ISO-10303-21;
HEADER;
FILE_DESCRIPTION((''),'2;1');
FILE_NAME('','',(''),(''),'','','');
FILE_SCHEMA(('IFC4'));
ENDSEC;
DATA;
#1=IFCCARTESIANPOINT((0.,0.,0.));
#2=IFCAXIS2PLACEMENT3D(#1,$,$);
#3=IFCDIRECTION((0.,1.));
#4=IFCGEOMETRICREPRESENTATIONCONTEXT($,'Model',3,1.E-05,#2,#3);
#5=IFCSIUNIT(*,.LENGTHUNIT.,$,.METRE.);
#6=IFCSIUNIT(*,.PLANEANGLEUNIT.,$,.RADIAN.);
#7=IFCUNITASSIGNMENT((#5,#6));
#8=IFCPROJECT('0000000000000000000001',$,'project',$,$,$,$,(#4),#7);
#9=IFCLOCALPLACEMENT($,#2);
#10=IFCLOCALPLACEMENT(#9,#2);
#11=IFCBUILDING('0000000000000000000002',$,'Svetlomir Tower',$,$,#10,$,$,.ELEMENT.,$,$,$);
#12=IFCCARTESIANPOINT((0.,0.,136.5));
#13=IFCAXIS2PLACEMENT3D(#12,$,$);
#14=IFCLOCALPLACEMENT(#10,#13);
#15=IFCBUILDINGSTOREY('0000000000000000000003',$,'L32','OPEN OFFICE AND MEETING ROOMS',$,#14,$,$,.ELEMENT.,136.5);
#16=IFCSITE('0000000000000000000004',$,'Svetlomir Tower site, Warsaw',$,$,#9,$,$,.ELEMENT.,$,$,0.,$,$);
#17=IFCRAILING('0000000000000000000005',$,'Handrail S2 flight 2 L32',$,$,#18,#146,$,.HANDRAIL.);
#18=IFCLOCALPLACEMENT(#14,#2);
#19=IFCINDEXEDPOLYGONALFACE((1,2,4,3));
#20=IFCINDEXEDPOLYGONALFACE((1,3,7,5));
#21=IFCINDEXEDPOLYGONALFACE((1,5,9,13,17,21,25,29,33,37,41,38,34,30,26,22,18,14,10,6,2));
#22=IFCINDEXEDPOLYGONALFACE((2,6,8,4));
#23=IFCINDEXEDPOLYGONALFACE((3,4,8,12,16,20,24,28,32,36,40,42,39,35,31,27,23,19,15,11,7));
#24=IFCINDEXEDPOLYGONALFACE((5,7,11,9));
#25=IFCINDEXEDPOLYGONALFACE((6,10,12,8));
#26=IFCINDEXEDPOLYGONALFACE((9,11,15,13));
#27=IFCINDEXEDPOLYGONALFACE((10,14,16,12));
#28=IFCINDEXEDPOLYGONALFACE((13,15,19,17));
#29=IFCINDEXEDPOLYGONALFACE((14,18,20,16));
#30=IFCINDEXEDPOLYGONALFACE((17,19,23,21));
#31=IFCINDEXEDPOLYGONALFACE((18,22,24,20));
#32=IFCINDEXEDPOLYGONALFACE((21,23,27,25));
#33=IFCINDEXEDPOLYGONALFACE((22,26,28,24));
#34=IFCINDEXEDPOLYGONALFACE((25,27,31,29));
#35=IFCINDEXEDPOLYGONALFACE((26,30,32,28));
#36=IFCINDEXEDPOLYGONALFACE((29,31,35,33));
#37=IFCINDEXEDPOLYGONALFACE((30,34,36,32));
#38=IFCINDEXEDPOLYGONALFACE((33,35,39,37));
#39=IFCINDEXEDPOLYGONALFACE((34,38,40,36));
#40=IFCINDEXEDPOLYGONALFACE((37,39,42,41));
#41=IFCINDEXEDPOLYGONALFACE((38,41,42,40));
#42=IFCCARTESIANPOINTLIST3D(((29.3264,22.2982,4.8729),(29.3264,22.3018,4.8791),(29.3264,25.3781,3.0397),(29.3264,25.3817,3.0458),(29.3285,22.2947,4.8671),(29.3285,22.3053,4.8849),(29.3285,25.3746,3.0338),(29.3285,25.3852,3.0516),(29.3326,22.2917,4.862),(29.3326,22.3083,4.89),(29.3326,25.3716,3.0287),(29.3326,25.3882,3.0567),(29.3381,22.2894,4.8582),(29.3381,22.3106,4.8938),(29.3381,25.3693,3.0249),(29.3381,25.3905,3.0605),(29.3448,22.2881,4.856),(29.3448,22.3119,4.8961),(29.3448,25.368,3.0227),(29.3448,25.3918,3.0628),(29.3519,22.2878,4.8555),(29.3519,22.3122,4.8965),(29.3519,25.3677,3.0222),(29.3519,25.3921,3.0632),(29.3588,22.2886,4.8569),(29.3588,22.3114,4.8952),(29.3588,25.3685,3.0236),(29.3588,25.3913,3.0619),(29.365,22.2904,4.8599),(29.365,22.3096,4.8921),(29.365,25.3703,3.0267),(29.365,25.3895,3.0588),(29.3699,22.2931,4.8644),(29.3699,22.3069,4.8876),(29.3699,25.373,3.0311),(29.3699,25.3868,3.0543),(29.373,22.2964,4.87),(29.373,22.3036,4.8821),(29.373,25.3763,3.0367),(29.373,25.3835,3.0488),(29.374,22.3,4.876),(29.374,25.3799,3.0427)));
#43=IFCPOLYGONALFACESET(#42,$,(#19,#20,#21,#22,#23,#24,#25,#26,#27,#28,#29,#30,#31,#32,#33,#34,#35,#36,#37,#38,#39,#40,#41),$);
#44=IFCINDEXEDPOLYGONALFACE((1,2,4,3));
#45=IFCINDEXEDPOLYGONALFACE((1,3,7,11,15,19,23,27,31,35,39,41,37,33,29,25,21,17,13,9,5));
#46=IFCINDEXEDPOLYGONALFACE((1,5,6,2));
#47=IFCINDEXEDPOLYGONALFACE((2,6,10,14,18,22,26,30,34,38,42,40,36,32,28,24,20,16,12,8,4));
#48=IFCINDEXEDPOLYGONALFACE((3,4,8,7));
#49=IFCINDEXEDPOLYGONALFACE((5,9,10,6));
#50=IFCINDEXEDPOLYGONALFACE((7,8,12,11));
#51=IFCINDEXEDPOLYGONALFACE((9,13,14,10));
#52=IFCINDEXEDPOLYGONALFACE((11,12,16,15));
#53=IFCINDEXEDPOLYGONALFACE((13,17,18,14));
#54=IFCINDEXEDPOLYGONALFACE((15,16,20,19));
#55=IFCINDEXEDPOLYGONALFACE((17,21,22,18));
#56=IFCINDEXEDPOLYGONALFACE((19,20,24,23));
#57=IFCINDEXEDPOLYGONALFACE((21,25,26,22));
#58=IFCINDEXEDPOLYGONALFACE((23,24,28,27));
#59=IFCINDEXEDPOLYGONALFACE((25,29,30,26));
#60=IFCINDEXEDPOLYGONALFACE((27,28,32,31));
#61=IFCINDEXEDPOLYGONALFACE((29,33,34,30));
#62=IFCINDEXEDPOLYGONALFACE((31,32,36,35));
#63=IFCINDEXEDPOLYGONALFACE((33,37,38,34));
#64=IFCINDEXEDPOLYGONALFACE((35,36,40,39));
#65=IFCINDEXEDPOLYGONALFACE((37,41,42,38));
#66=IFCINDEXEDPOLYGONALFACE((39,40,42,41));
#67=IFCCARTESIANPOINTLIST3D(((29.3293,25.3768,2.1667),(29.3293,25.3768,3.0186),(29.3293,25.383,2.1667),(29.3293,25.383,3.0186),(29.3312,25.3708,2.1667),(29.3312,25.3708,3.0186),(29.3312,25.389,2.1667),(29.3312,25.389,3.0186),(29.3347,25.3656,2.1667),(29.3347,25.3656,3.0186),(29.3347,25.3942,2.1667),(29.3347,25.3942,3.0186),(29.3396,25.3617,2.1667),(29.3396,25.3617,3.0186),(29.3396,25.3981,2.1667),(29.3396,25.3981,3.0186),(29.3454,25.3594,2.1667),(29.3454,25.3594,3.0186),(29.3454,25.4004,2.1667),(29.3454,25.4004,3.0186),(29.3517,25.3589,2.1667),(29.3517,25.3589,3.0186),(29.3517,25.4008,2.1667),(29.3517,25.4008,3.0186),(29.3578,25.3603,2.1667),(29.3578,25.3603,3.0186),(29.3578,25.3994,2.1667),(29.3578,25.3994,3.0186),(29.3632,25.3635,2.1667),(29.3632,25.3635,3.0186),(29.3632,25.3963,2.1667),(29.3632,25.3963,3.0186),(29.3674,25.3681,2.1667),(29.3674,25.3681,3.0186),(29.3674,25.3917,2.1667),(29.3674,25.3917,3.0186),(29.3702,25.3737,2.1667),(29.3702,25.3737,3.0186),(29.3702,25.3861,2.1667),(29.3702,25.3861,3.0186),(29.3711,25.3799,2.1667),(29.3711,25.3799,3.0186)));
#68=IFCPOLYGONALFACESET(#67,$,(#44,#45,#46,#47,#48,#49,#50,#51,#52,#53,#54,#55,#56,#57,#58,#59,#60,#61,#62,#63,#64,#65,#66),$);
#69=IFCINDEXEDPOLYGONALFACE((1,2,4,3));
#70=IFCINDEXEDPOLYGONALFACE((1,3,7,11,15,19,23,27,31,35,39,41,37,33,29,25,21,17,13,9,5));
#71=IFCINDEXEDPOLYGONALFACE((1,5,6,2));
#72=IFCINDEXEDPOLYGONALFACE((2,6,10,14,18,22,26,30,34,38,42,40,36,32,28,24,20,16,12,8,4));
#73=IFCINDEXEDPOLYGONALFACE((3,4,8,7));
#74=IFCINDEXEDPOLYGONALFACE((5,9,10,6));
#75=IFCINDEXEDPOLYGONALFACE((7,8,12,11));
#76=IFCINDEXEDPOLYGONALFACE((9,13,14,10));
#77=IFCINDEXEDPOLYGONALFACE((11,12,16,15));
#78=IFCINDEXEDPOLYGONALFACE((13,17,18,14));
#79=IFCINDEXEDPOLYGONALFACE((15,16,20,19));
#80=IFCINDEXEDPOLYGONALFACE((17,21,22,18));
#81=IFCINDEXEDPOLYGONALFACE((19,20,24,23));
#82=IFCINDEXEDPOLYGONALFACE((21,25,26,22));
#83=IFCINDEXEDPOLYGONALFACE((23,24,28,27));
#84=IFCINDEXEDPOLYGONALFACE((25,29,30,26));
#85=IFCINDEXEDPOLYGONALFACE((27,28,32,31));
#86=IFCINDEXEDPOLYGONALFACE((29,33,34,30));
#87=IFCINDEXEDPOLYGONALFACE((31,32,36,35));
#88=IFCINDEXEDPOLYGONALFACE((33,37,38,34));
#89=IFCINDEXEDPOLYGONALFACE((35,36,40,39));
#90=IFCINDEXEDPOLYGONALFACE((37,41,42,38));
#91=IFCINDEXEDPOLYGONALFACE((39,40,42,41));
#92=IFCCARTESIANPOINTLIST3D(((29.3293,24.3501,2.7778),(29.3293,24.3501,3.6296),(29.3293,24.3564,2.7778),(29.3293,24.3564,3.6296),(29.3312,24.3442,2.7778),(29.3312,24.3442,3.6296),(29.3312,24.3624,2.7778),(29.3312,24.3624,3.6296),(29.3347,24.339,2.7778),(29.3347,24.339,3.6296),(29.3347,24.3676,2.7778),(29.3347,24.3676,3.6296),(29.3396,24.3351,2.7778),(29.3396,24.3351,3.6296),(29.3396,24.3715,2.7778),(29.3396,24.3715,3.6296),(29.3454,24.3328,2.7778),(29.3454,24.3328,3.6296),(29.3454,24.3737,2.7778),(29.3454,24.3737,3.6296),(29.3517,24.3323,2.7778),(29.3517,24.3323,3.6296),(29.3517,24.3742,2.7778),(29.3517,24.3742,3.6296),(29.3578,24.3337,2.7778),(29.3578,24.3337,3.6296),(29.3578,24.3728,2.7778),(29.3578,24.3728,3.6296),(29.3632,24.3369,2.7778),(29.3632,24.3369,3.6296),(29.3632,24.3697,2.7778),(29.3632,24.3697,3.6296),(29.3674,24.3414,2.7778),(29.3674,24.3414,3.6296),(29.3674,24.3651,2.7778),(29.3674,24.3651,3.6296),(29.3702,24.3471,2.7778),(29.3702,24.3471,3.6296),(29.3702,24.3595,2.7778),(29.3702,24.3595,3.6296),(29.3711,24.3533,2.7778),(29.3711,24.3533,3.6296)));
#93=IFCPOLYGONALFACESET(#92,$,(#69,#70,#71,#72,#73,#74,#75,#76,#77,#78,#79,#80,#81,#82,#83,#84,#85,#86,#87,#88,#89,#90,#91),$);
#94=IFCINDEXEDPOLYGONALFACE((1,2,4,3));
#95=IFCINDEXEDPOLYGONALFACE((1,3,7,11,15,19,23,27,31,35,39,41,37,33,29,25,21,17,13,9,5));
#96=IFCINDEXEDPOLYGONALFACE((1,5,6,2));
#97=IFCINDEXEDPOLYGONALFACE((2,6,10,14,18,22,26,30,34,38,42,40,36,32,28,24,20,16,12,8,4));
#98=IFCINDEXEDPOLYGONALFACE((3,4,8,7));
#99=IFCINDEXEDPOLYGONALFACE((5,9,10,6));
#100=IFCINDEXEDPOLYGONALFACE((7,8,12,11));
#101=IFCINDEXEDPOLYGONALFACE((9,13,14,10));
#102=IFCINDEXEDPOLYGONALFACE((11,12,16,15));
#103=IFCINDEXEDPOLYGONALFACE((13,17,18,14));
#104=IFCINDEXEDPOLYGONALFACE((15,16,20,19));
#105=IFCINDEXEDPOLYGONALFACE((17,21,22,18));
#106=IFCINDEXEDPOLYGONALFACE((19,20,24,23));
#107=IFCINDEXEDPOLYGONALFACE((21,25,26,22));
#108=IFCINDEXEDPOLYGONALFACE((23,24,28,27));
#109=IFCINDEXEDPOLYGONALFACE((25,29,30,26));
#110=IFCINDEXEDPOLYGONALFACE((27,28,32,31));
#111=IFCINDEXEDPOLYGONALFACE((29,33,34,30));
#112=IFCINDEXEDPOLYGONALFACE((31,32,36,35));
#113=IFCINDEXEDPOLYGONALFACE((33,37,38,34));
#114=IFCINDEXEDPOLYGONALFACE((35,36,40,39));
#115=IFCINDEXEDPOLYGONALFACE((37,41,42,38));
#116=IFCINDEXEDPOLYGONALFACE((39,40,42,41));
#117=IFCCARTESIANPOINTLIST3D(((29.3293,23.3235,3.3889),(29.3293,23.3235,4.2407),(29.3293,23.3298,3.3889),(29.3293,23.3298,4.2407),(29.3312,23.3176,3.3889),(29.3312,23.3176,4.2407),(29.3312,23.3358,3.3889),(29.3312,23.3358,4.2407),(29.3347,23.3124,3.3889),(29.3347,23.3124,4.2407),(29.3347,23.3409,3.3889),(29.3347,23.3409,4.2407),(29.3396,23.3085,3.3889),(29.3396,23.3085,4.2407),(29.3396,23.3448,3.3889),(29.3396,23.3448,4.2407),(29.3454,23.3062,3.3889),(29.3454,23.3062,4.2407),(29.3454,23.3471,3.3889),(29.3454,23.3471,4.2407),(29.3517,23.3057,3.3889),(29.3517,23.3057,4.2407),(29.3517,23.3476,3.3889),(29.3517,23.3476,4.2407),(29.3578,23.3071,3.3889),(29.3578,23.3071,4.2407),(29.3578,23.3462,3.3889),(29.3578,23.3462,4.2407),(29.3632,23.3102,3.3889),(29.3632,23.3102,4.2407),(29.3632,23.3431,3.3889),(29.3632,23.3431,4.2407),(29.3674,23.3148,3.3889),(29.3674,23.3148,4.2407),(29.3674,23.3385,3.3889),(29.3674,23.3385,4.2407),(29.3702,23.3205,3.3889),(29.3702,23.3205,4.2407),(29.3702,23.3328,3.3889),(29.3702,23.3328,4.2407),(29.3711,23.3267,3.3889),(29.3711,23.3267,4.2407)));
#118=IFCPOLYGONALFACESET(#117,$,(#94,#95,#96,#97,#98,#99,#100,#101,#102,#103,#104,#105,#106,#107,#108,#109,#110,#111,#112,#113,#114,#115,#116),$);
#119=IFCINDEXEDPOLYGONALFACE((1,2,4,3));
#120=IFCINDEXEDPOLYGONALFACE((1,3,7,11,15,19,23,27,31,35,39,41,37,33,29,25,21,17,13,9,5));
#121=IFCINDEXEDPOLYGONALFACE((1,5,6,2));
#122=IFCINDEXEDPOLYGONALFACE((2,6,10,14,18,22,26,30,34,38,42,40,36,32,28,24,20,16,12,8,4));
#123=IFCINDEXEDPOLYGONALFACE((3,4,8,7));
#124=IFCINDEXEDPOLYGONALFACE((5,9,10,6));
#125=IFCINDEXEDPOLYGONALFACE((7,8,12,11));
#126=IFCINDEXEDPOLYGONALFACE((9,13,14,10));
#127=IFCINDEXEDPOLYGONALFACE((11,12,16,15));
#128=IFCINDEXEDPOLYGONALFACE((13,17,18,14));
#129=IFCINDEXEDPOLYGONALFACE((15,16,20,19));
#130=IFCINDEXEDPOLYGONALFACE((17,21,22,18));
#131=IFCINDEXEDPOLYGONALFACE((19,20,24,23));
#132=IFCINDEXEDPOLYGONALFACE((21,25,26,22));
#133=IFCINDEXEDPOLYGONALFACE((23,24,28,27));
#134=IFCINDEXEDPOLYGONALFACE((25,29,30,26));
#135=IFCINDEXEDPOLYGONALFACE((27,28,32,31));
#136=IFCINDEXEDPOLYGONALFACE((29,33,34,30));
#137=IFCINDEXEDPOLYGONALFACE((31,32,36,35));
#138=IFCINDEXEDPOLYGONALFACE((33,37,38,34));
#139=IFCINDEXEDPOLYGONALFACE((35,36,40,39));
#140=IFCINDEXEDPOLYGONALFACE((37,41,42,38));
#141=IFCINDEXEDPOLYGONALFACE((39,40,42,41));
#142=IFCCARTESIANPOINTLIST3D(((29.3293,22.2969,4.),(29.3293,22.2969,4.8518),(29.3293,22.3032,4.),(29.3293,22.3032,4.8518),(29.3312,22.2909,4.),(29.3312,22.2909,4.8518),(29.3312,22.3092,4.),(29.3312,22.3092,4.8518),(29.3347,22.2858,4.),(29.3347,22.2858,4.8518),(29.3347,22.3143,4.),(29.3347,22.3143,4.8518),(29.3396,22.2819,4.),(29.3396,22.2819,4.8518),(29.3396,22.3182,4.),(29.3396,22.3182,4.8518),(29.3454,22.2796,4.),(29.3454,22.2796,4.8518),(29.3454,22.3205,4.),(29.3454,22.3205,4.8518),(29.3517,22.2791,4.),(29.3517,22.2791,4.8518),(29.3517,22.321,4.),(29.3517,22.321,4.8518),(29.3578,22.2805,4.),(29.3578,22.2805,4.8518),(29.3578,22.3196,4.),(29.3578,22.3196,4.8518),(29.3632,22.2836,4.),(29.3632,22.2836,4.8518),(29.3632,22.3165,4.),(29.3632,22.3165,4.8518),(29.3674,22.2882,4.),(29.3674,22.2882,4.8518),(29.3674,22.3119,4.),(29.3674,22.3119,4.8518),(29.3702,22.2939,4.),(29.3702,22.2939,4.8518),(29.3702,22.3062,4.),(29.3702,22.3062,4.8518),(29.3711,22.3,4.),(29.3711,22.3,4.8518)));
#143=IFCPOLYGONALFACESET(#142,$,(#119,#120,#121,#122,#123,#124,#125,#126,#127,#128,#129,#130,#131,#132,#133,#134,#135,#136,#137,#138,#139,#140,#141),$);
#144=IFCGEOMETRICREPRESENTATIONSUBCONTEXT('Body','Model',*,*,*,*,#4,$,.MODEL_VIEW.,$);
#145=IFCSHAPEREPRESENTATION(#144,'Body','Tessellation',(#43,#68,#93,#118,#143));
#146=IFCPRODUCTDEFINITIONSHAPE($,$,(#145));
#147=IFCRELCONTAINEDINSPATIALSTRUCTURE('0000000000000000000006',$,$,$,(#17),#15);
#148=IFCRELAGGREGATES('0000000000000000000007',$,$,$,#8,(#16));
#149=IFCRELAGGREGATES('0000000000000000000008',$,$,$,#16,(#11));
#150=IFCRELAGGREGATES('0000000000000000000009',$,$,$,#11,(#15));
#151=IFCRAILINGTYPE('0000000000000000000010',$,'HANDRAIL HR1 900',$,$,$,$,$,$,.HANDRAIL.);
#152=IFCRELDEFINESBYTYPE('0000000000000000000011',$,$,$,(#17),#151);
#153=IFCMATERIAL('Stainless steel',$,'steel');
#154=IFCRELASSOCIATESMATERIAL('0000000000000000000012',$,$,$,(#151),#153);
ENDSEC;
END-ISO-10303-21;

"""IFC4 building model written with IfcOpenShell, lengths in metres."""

from ifc_helpers import new_model, si_unit, direction, frame, origin, origin_2d, place, context, subcontext, project, spatial, circle, extrude, material, type_object, element, save


model = new_model("IFC4")

# Units and contexts
model_context = context("Model", 3, precision=1e-05, world=origin(), true_north=direction((0.0, 1.0)))
body_context = subcontext(model_context, "Body", "Model", "MODEL_VIEW")
ifc_project = project(units=[si_unit("LENGTHUNIT", "METRE"), si_unit("PLANEANGLEUNIT", "RADIAN")], contexts=[model_context])

# Site, building, storey
site_placement = place(None, origin())
site = spatial("IfcSite", under=ifc_project, at=site_placement, Name="Svetlomir Tower site, Warsaw", CompositionType="ELEMENT", RefElevation=0.0)
building_placement = place(site_placement, origin())
building = spatial("IfcBuilding", under=site, at=building_placement, Name="Svetlomir Tower", CompositionType="ELEMENT")
storey_placement = place(building_placement, frame((0.0, 0.0, 136.5)))
storey = spatial("IfcBuildingStorey", under=building, at=storey_placement, Name="L32", Description="OPEN OFFICE AND MEETING ROOMS", CompositionType="ELEMENT", Elevation=136.5)

# Railing
ifc_material_1 = material(Name="Stainless steel", Category="steel")
railing_type = type_object("IfcRailingType", Name="HANDRAIL HR1 900", PredefinedType="HANDRAIL", material=ifc_material_1)
railing_1_placement = place(storey_placement, frame((29.3501, 25.3799, 2.1667)))
element("IfcRailing", 1, at=railing_1_placement, inside=storey, type_object=railing_type, Name="Handrail S2 flight 2 L32", PredefinedType="HANDRAIL", context=body_context, shape_type="SweptSolid", body=[
    extrude(circle(Radius=0.0239, at=origin_2d()), frame((0.0, 0.0, 0.876), z_axis=(0.0, -0.859291, 0.511487), x_axis=(1.0, 0.0, 0.0)), (0.0, 0.0, 1.0), 3.5842),
    extrude(circle(Radius=0.021, at=origin_2d()), origin(), (0.0, 0.0, 1.0), 0.8518),
    extrude(circle(Radius=0.021, at=origin_2d()), frame((0.0, -1.0266, 0.6111)), (0.0, 0.0, 1.0), 0.8518),
    extrude(circle(Radius=0.021, at=origin_2d()), frame((0.0, -2.0532, 1.2222)), (0.0, 0.0, 1.0), 0.8518),
    extrude(circle(Radius=0.021, at=origin_2d()), frame((0.0, -3.0798, 1.8333)), (0.0, 0.0, 1.0), 0.8518),
])

save(model, "model.ifc")
